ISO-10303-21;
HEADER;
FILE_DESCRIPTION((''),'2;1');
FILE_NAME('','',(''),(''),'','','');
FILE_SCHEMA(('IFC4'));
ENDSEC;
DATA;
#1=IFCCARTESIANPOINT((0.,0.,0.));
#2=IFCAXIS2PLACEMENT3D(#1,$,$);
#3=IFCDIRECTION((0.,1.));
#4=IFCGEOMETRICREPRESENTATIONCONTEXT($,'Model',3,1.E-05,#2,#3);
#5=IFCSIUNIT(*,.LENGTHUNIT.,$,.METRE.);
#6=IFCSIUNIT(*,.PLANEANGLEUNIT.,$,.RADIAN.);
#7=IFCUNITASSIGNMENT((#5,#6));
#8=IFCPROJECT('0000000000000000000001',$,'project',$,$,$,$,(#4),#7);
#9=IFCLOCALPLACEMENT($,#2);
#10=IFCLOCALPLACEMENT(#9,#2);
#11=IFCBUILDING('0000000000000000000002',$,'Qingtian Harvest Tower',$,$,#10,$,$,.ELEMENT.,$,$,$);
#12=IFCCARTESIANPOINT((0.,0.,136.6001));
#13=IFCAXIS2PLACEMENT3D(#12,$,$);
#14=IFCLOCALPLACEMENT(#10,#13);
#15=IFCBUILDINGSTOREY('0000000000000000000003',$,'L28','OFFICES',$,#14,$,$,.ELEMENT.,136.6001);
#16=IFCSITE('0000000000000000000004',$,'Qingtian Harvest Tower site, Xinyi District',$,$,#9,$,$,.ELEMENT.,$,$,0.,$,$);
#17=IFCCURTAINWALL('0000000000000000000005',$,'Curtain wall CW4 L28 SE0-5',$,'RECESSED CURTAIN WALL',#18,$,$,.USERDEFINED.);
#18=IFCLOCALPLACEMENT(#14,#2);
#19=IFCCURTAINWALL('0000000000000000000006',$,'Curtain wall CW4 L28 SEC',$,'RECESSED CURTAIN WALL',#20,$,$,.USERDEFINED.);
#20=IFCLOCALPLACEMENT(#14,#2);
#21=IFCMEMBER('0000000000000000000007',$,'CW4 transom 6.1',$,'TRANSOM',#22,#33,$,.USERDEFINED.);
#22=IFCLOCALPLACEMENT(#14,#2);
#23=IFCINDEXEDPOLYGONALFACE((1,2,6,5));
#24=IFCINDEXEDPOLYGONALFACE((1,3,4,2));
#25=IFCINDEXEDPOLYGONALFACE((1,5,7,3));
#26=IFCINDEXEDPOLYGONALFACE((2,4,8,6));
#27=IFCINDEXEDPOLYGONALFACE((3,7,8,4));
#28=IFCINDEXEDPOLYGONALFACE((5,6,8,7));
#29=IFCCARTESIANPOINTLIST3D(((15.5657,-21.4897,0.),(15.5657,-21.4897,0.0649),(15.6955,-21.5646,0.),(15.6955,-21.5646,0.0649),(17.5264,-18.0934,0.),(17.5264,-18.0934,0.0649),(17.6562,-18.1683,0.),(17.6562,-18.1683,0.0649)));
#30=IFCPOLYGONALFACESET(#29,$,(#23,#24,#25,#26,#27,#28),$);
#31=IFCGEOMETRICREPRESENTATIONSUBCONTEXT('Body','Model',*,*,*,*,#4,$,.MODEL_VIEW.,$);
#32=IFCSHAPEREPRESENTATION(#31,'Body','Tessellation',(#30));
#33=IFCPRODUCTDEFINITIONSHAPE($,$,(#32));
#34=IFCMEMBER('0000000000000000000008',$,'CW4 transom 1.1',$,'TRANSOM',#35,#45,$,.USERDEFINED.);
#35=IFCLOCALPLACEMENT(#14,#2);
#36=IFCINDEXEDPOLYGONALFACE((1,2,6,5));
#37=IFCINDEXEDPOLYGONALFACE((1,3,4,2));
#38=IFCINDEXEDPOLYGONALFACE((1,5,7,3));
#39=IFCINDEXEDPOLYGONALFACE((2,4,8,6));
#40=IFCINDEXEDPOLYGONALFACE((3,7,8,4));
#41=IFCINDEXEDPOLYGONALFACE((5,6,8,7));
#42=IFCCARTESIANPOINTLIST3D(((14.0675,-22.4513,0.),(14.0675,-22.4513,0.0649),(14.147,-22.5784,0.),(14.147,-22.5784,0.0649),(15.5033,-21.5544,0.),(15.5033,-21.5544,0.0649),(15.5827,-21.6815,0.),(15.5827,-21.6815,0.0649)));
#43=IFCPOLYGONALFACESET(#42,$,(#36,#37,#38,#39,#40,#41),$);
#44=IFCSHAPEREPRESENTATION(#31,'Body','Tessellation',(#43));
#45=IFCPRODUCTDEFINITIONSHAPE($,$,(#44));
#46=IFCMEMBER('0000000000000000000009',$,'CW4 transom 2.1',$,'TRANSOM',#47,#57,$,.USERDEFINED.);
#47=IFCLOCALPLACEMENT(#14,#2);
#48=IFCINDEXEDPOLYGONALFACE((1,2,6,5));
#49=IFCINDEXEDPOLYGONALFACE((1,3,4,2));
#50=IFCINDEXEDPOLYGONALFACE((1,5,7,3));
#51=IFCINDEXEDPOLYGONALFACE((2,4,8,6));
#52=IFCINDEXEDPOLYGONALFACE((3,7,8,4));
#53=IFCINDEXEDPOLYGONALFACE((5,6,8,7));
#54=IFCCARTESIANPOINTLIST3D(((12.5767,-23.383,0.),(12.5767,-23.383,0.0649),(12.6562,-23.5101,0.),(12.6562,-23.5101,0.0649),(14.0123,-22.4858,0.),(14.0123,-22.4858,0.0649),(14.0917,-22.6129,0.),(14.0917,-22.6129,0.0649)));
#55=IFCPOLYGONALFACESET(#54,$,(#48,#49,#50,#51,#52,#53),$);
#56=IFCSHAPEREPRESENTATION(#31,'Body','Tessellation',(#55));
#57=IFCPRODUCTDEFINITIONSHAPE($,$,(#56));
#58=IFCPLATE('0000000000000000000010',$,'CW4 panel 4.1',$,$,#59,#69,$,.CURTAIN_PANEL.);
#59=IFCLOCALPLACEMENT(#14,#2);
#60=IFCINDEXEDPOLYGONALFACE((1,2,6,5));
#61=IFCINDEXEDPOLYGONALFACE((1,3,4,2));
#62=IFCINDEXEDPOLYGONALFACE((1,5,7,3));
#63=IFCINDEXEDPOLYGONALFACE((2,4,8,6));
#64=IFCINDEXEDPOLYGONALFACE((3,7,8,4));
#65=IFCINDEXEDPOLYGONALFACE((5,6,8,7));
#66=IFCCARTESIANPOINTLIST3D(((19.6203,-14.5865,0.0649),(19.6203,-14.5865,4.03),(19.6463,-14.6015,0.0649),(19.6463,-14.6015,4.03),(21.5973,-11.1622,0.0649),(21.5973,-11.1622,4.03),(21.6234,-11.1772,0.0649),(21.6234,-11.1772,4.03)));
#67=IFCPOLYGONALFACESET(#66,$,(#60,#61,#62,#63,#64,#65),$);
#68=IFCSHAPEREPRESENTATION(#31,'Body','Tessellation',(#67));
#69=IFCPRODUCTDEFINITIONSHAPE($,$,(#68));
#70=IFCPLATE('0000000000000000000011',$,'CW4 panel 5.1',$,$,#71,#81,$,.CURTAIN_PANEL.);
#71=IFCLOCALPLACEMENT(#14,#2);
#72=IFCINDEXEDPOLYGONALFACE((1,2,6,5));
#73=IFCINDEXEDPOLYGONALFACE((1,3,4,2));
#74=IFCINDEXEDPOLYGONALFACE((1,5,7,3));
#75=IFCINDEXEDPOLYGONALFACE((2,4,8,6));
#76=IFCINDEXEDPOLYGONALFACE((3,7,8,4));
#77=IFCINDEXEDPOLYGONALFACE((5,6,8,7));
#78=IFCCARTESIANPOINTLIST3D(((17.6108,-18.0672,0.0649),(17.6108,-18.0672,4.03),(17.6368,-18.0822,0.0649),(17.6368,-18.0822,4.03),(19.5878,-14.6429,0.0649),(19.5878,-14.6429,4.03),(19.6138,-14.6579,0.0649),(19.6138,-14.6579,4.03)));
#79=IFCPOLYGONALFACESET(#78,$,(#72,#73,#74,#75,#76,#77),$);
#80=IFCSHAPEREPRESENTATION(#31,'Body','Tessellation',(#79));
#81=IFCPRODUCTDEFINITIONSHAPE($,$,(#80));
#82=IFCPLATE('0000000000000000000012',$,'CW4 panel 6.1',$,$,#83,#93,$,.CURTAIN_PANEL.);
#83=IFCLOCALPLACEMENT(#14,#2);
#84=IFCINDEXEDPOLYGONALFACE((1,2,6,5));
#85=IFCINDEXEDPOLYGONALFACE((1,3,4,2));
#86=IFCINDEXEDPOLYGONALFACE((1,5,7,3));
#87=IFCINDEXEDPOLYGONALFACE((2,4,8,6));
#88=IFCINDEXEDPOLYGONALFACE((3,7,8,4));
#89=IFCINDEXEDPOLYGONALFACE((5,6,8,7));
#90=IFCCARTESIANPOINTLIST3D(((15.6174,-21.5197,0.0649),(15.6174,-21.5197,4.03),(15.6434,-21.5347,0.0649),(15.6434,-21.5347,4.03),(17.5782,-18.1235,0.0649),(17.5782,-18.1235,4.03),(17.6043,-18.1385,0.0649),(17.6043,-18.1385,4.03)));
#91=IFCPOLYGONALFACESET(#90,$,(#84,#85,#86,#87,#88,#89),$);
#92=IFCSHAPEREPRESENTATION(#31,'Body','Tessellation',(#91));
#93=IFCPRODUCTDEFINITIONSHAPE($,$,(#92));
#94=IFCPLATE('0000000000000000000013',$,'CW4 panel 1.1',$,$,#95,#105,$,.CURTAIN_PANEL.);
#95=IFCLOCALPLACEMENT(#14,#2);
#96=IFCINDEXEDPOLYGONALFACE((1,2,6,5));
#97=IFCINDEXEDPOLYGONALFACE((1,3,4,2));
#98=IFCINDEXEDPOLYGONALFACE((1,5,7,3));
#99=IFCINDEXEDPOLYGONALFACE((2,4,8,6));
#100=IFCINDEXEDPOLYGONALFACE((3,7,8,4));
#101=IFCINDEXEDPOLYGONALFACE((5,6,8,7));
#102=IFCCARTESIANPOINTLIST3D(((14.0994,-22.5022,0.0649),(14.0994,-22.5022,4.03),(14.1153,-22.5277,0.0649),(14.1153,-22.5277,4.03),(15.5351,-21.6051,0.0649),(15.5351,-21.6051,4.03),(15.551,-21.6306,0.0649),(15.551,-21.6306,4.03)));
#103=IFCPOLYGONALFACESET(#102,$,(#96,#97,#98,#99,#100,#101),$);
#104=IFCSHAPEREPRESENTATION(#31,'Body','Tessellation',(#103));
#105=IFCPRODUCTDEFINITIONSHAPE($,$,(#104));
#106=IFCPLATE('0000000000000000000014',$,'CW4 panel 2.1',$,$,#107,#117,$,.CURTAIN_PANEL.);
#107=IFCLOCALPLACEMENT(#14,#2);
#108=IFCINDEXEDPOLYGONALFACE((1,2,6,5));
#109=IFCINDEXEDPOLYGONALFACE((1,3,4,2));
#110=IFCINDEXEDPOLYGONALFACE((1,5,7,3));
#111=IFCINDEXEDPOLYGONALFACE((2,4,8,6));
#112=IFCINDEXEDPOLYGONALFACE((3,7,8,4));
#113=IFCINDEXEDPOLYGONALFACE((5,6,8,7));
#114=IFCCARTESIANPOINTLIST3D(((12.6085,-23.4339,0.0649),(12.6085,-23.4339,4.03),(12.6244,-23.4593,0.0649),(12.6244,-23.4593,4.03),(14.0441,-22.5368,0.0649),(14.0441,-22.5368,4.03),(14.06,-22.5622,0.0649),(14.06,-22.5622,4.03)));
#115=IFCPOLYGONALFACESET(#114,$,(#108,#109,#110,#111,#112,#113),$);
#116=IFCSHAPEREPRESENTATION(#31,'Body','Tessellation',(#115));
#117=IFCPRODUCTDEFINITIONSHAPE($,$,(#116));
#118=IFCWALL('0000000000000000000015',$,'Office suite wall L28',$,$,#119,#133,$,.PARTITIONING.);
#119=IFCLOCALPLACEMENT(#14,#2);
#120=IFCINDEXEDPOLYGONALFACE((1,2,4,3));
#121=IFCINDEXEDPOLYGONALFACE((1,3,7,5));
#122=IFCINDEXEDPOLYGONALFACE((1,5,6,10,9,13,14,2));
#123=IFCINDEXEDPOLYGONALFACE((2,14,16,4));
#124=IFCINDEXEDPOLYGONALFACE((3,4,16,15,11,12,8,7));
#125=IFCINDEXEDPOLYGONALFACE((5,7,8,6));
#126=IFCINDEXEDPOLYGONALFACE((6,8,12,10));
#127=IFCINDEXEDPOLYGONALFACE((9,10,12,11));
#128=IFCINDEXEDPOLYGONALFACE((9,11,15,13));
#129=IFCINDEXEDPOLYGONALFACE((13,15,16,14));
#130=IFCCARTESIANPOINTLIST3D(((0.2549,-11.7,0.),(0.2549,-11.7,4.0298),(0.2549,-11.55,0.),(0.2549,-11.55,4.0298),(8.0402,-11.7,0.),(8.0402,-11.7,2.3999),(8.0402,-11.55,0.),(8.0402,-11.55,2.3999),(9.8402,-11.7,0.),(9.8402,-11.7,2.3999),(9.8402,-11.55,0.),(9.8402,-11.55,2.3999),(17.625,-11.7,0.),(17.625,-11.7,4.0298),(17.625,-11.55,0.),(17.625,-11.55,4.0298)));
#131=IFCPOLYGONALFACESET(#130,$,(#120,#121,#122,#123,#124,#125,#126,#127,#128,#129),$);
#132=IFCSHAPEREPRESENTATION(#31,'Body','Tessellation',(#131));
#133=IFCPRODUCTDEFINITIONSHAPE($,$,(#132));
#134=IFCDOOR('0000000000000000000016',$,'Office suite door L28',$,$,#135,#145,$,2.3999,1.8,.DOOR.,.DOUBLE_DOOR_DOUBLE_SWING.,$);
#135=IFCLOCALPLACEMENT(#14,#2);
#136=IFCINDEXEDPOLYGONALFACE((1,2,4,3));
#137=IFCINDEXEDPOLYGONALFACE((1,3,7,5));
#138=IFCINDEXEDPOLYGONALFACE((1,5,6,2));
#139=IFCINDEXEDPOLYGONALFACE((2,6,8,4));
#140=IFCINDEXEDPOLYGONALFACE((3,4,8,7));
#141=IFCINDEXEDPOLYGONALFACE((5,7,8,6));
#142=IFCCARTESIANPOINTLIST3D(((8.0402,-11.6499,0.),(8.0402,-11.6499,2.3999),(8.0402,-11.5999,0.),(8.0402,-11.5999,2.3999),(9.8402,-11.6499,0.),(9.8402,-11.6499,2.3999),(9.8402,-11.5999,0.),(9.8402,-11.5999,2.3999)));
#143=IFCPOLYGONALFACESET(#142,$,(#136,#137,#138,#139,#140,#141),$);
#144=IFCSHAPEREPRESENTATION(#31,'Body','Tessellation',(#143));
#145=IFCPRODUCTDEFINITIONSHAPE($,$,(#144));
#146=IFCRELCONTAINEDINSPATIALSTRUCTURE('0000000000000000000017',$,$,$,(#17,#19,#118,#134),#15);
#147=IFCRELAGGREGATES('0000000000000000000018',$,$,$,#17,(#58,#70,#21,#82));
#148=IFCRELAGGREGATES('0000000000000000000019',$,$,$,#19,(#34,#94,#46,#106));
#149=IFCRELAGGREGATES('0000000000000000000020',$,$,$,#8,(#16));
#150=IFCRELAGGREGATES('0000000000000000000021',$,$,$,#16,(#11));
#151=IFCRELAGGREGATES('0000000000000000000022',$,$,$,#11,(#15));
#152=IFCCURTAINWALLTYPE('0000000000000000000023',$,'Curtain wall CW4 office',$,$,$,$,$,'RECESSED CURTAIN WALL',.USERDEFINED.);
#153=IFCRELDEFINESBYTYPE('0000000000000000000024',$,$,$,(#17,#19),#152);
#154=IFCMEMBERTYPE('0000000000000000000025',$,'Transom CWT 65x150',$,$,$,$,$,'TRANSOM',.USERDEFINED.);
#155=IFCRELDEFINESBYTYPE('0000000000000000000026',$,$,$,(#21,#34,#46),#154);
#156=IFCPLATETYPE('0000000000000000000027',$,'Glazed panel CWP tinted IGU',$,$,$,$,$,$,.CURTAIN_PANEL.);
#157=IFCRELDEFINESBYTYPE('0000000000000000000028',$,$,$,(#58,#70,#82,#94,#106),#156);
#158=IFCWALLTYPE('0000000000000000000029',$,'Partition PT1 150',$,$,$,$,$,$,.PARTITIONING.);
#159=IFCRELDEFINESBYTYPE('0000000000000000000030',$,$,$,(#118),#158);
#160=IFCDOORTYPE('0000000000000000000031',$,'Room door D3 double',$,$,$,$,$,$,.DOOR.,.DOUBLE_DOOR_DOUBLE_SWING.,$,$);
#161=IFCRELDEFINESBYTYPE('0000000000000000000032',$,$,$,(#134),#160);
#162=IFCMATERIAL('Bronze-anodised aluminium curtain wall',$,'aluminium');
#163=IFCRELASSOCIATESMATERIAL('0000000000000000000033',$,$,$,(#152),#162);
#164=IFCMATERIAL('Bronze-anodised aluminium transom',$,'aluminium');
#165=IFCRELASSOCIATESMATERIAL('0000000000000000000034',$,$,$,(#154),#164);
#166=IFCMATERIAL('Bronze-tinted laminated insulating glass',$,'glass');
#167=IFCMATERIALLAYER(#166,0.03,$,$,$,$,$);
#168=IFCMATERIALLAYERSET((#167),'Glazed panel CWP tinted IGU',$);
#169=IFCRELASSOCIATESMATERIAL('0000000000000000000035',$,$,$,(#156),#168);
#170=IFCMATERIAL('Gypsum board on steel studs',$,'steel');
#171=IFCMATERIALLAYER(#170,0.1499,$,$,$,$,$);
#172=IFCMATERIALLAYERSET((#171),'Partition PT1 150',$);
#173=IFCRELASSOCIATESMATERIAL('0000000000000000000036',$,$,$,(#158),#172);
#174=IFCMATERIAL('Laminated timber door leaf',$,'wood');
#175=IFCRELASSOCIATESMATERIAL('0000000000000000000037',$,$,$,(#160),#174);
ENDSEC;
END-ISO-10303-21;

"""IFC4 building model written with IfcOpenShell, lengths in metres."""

from ifc_helpers import new_model, si_unit, direction, frame, frame_2d, origin, origin_2d, place, context, subcontext, project, spatial, rectangle, extrude, material, layer, layer_set, material_profile, profile_set, type_object, element, fill, aggregate, save


model = new_model("IFC4")

# Units and contexts
model_context = context("Model", 3, precision=1e-05, world=origin(), true_north=direction((0.0, 1.0)))
body_context = subcontext(model_context, "Body", "Model", "MODEL_VIEW")
ifc_project = project(units=[si_unit("LENGTHUNIT", "METRE"), si_unit("PLANEANGLEUNIT", "RADIAN")], contexts=[model_context])

# Site, building, storey
site_placement = place(None, origin())
site = spatial("IfcSite", under=ifc_project, at=site_placement, Name="Qingtian Harvest Tower site, Xinyi District", CompositionType="ELEMENT", RefElevation=0.0)
building_placement = place(site_placement, origin())
building = spatial("IfcBuilding", under=site, at=building_placement, Name="Qingtian Harvest Tower", CompositionType="ELEMENT")
storey_placement = place(building_placement, frame((0.0, 0.0, 136.6001)))
storey = spatial("IfcBuildingStorey", under=building, at=storey_placement, Name="L28", Description="OFFICES", CompositionType="ELEMENT", Elevation=136.6001)

# Curtain walls
ifc_material_1 = material(Name="Bronze-anodised aluminium curtain wall", Category="aluminium")
curtain_wall_type = type_object("IfcCurtainWallType", Name="Curtain wall CW4 office", ElementType="RECESSED CURTAIN WALL", PredefinedType="USERDEFINED", material=ifc_material_1)
curtain_wall_1_placement = place(storey_placement, origin())
curtain_wall_1 = element("IfcCurtainWall", 1, at=curtain_wall_1_placement, inside=storey, type_object=curtain_wall_type, Name="Curtain wall CW4 L28 SE0-5", ObjectType="RECESSED CURTAIN WALL", PredefinedType="USERDEFINED")
curtain_wall_2_placement = place(storey_placement, origin())
curtain_wall_2 = element("IfcCurtainWall", 2, at=curtain_wall_2_placement, inside=storey, type_object=curtain_wall_type, Name="Curtain wall CW4 L28 SEC", ObjectType="RECESSED CURTAIN WALL", PredefinedType="USERDEFINED")

# Members
ifc_material_2 = material(Name="Bronze-anodised aluminium transom", Category="aluminium")
ifc_material_profile_1 = material_profile(ifc_material_2, rectangle(XDim=0.1499, YDim=0.0649, at=origin_2d()), Name="AL 65x150")
ifc_profile_set_1 = profile_set([ifc_material_profile_1], Name="Bronze-anodised aluminium transom")
member_type_1 = type_object("IfcMemberType", Name="Transom CWT 65x150", ElementType="TRANSOM", PredefinedType="USERDEFINED", material=ifc_profile_set_1)
member_1_placement = place(storey_placement, frame((17.5913, -18.1309, 0.0325), z_axis=(-0.499976, -0.866039, 0.0), x_axis=(0.866039, -0.499976, 0.0)))
member_1 = element("IfcMember", 3, at=member_1_placement, type_object=member_type_1, Name="CW4 transom 6.1", ObjectType="TRANSOM", PredefinedType="USERDEFINED", context=body_context, shape_type="SweptSolid", body=[
    extrude(rectangle(XDim=0.1499, YDim=0.0649, at=origin_2d()), origin(), (0.0, 0.0, 1.0), 3.9216),
])
member_2_placement = place(storey_placement, frame((15.543, -21.6179, 0.0325), z_axis=(-0.848104, -0.52983, 0.0), x_axis=(0.52983, -0.848104, 0.0)))
member_2 = element("IfcMember", 4, at=member_2_placement, type_object=member_type_1, Name="CW4 transom 1.1", ObjectType="TRANSOM", PredefinedType="USERDEFINED", context=body_context, shape_type="SweptSolid", body=[
    extrude(rectangle(XDim=0.1499, YDim=0.0649, at=origin_2d()), origin(), (0.0, 0.0, 1.0), 1.6929),
])
member_3_placement = place(storey_placement, frame((14.052, -22.5493, 0.0325), z_axis=(-0.847998, -0.529999, 0.0), x_axis=(0.529999, -0.847998, 0.0)))
member_3 = element("IfcMember", 5, at=member_3_placement, type_object=member_type_1, Name="CW4 transom 2.1", ObjectType="TRANSOM", PredefinedType="USERDEFINED", context=body_context, shape_type="SweptSolid", body=[
    extrude(rectangle(XDim=0.1499, YDim=0.0649, at=origin_2d()), origin(), (0.0, 0.0, 1.0), 1.6929),
])

# Plates
ifc_material_3 = material(Name="Bronze-tinted laminated insulating glass", Category="glass")
ifc_layer_1 = layer(ifc_material_3, 0.03)
ifc_layer_set_1 = layer_set([ifc_layer_1], Name="Glazed panel CWP tinted IGU")
plate_type = type_object("IfcPlateType", Name="Glazed panel CWP tinted IGU", PredefinedType="CURTAIN_PANEL", material=ifc_layer_set_1)
plate_1_placement = place(storey_placement, frame((20.6218, -12.8818, 0.0649), z_axis=(0.0, 0.0, 1.0), x_axis=(-0.5, -0.866025, 0.0)))
plate_1 = element("IfcPlate", 6, at=plate_1_placement, type_object=plate_type, Name="CW4 panel 4.1", PredefinedType="CURTAIN_PANEL", context=body_context, shape_type="SweptSolid", body=[
    extrude(rectangle(XDim=3.9541, YDim=0.03, at=origin_2d()), origin(), (0.0, 0.0, 1.0), 3.9651),
])
plate_2_placement = place(storey_placement, frame((18.6123, -16.3625, 0.0649), z_axis=(0.0, 0.0, 1.0), x_axis=(-0.5, -0.866025, 0.0)))
plate_2 = element("IfcPlate", 7, at=plate_2_placement, type_object=plate_type, Name="CW4 panel 5.1", PredefinedType="CURTAIN_PANEL", context=body_context, shape_type="SweptSolid", body=[
    extrude(rectangle(XDim=3.9541, YDim=0.03, at=origin_2d()), origin(), (0.0, 0.0, 1.0), 3.9651),
])
plate_3_placement = place(storey_placement, frame((16.6108, -19.8291, 0.0649), z_axis=(0.0, 0.0, 1.0), x_axis=(-0.5, -0.866025, 0.0)))
plate_3 = element("IfcPlate", 8, at=plate_3_placement, type_object=plate_type, Name="CW4 panel 6.1", PredefinedType="CURTAIN_PANEL", context=body_context, shape_type="SweptSolid", body=[
    extrude(rectangle(XDim=3.9216, YDim=0.03, at=origin_2d()), origin(), (0.0, 0.0, 1.0), 3.9651),
])
aggregate(curtain_wall_1, [plate_1, plate_2, member_1, plate_3])
plate_4_placement = place(storey_placement, frame((14.8252, -22.0664, 0.0649), z_axis=(0.0, 0.0, 1.0), x_axis=(-0.848048, -0.529919, 0.0)))
plate_4 = element("IfcPlate", 9, at=plate_4_placement, type_object=plate_type, Name="CW4 panel 1.1", PredefinedType="CURTAIN_PANEL", context=body_context, shape_type="SweptSolid", body=[
    extrude(rectangle(XDim=1.6929, YDim=0.03, at=origin_2d()), origin(), (0.0, 0.0, 1.0), 3.9651),
])
plate_5_placement = place(storey_placement, frame((13.3342, -22.998, 0.0649), z_axis=(0.0, 0.0, 1.0), x_axis=(-0.848048, -0.529919, 0.0)))
plate_5 = element("IfcPlate", 10, at=plate_5_placement, type_object=plate_type, Name="CW4 panel 2.1", PredefinedType="CURTAIN_PANEL", context=body_context, shape_type="SweptSolid", body=[
    extrude(rectangle(XDim=1.6929, YDim=0.03, at=origin_2d()), origin(), (0.0, 0.0, 1.0), 3.9651),
])
aggregate(curtain_wall_2, [member_2, plate_4, member_3, plate_5])

# Wall, opening, door
ifc_material_4 = material(Name="Gypsum board on steel studs", Category="steel")
ifc_layer_2 = layer(ifc_material_4, 0.1499)
ifc_layer_set_2 = layer_set([ifc_layer_2], Name="Partition PT1 150")
wall_type = type_object("IfcWallType", Name="Partition PT1 150", PredefinedType="PARTITIONING", material=ifc_layer_set_2)
wall_placement = place(storey_placement, frame((17.625, -11.625, 0.0), z_axis=(0.0, 0.0, 1.0), x_axis=(-1.0, 0.0, 0.0)))
wall = element("IfcWall", 11, at=wall_placement, inside=storey, type_object=wall_type, Name="Office suite wall L28", PredefinedType="PARTITIONING", context=body_context, shape_type="SweptSolid", body=[
    extrude(rectangle(XDim=17.3701, YDim=0.1499, at=frame_2d((8.6851, 0.0))), origin(), (0.0, 0.0, 1.0), 4.0298),
])
opening_placement = place(wall_placement, frame((7.7849, 0.0, 0.0)))
opening = element("IfcOpeningElement", 12, at=opening_placement, cuts=wall, PredefinedType="OPENING", context=body_context, shape_type="SweptSolid", body=[
    extrude(rectangle(XDim=1.8, YDim=2.3999, at=frame_2d((0.8999, 1.2))), frame((0.0, 0.085, 0.0), z_axis=(0.0, -1.0, 0.0), x_axis=(1.0, 0.0, 0.0)), (0.0, 0.0, 1.0), 0.1699),
])
ifc_material_5 = material(Name="Laminated timber door leaf", Category="wood")
door_type = type_object("IfcDoorType", Name="Room door D3 double", OperationType="DOUBLE_DOOR_DOUBLE_SWING", PredefinedType="DOOR", material=ifc_material_5)
door_placement = place(opening_placement, origin())
door = element("IfcDoor", 13, at=door_placement, inside=storey, type_object=door_type, Name="Office suite door L28", OperationType="DOUBLE_DOOR_DOUBLE_SWING", OverallHeight=2.3999, OverallWidth=1.8, PredefinedType="DOOR", context=body_context, shape_type="SweptSolid", body=[
    extrude(rectangle(XDim=1.8, YDim=2.3999, at=frame_2d((0.8999, 1.2))), frame((0.0, 0.0249, 0.0), z_axis=(0.0, -1.0, 0.0), x_axis=(1.0, 0.0, 0.0)), (0.0, 0.0, 1.0), 0.05),
])
fill(opening, door)

save(model, "model.ifc")
